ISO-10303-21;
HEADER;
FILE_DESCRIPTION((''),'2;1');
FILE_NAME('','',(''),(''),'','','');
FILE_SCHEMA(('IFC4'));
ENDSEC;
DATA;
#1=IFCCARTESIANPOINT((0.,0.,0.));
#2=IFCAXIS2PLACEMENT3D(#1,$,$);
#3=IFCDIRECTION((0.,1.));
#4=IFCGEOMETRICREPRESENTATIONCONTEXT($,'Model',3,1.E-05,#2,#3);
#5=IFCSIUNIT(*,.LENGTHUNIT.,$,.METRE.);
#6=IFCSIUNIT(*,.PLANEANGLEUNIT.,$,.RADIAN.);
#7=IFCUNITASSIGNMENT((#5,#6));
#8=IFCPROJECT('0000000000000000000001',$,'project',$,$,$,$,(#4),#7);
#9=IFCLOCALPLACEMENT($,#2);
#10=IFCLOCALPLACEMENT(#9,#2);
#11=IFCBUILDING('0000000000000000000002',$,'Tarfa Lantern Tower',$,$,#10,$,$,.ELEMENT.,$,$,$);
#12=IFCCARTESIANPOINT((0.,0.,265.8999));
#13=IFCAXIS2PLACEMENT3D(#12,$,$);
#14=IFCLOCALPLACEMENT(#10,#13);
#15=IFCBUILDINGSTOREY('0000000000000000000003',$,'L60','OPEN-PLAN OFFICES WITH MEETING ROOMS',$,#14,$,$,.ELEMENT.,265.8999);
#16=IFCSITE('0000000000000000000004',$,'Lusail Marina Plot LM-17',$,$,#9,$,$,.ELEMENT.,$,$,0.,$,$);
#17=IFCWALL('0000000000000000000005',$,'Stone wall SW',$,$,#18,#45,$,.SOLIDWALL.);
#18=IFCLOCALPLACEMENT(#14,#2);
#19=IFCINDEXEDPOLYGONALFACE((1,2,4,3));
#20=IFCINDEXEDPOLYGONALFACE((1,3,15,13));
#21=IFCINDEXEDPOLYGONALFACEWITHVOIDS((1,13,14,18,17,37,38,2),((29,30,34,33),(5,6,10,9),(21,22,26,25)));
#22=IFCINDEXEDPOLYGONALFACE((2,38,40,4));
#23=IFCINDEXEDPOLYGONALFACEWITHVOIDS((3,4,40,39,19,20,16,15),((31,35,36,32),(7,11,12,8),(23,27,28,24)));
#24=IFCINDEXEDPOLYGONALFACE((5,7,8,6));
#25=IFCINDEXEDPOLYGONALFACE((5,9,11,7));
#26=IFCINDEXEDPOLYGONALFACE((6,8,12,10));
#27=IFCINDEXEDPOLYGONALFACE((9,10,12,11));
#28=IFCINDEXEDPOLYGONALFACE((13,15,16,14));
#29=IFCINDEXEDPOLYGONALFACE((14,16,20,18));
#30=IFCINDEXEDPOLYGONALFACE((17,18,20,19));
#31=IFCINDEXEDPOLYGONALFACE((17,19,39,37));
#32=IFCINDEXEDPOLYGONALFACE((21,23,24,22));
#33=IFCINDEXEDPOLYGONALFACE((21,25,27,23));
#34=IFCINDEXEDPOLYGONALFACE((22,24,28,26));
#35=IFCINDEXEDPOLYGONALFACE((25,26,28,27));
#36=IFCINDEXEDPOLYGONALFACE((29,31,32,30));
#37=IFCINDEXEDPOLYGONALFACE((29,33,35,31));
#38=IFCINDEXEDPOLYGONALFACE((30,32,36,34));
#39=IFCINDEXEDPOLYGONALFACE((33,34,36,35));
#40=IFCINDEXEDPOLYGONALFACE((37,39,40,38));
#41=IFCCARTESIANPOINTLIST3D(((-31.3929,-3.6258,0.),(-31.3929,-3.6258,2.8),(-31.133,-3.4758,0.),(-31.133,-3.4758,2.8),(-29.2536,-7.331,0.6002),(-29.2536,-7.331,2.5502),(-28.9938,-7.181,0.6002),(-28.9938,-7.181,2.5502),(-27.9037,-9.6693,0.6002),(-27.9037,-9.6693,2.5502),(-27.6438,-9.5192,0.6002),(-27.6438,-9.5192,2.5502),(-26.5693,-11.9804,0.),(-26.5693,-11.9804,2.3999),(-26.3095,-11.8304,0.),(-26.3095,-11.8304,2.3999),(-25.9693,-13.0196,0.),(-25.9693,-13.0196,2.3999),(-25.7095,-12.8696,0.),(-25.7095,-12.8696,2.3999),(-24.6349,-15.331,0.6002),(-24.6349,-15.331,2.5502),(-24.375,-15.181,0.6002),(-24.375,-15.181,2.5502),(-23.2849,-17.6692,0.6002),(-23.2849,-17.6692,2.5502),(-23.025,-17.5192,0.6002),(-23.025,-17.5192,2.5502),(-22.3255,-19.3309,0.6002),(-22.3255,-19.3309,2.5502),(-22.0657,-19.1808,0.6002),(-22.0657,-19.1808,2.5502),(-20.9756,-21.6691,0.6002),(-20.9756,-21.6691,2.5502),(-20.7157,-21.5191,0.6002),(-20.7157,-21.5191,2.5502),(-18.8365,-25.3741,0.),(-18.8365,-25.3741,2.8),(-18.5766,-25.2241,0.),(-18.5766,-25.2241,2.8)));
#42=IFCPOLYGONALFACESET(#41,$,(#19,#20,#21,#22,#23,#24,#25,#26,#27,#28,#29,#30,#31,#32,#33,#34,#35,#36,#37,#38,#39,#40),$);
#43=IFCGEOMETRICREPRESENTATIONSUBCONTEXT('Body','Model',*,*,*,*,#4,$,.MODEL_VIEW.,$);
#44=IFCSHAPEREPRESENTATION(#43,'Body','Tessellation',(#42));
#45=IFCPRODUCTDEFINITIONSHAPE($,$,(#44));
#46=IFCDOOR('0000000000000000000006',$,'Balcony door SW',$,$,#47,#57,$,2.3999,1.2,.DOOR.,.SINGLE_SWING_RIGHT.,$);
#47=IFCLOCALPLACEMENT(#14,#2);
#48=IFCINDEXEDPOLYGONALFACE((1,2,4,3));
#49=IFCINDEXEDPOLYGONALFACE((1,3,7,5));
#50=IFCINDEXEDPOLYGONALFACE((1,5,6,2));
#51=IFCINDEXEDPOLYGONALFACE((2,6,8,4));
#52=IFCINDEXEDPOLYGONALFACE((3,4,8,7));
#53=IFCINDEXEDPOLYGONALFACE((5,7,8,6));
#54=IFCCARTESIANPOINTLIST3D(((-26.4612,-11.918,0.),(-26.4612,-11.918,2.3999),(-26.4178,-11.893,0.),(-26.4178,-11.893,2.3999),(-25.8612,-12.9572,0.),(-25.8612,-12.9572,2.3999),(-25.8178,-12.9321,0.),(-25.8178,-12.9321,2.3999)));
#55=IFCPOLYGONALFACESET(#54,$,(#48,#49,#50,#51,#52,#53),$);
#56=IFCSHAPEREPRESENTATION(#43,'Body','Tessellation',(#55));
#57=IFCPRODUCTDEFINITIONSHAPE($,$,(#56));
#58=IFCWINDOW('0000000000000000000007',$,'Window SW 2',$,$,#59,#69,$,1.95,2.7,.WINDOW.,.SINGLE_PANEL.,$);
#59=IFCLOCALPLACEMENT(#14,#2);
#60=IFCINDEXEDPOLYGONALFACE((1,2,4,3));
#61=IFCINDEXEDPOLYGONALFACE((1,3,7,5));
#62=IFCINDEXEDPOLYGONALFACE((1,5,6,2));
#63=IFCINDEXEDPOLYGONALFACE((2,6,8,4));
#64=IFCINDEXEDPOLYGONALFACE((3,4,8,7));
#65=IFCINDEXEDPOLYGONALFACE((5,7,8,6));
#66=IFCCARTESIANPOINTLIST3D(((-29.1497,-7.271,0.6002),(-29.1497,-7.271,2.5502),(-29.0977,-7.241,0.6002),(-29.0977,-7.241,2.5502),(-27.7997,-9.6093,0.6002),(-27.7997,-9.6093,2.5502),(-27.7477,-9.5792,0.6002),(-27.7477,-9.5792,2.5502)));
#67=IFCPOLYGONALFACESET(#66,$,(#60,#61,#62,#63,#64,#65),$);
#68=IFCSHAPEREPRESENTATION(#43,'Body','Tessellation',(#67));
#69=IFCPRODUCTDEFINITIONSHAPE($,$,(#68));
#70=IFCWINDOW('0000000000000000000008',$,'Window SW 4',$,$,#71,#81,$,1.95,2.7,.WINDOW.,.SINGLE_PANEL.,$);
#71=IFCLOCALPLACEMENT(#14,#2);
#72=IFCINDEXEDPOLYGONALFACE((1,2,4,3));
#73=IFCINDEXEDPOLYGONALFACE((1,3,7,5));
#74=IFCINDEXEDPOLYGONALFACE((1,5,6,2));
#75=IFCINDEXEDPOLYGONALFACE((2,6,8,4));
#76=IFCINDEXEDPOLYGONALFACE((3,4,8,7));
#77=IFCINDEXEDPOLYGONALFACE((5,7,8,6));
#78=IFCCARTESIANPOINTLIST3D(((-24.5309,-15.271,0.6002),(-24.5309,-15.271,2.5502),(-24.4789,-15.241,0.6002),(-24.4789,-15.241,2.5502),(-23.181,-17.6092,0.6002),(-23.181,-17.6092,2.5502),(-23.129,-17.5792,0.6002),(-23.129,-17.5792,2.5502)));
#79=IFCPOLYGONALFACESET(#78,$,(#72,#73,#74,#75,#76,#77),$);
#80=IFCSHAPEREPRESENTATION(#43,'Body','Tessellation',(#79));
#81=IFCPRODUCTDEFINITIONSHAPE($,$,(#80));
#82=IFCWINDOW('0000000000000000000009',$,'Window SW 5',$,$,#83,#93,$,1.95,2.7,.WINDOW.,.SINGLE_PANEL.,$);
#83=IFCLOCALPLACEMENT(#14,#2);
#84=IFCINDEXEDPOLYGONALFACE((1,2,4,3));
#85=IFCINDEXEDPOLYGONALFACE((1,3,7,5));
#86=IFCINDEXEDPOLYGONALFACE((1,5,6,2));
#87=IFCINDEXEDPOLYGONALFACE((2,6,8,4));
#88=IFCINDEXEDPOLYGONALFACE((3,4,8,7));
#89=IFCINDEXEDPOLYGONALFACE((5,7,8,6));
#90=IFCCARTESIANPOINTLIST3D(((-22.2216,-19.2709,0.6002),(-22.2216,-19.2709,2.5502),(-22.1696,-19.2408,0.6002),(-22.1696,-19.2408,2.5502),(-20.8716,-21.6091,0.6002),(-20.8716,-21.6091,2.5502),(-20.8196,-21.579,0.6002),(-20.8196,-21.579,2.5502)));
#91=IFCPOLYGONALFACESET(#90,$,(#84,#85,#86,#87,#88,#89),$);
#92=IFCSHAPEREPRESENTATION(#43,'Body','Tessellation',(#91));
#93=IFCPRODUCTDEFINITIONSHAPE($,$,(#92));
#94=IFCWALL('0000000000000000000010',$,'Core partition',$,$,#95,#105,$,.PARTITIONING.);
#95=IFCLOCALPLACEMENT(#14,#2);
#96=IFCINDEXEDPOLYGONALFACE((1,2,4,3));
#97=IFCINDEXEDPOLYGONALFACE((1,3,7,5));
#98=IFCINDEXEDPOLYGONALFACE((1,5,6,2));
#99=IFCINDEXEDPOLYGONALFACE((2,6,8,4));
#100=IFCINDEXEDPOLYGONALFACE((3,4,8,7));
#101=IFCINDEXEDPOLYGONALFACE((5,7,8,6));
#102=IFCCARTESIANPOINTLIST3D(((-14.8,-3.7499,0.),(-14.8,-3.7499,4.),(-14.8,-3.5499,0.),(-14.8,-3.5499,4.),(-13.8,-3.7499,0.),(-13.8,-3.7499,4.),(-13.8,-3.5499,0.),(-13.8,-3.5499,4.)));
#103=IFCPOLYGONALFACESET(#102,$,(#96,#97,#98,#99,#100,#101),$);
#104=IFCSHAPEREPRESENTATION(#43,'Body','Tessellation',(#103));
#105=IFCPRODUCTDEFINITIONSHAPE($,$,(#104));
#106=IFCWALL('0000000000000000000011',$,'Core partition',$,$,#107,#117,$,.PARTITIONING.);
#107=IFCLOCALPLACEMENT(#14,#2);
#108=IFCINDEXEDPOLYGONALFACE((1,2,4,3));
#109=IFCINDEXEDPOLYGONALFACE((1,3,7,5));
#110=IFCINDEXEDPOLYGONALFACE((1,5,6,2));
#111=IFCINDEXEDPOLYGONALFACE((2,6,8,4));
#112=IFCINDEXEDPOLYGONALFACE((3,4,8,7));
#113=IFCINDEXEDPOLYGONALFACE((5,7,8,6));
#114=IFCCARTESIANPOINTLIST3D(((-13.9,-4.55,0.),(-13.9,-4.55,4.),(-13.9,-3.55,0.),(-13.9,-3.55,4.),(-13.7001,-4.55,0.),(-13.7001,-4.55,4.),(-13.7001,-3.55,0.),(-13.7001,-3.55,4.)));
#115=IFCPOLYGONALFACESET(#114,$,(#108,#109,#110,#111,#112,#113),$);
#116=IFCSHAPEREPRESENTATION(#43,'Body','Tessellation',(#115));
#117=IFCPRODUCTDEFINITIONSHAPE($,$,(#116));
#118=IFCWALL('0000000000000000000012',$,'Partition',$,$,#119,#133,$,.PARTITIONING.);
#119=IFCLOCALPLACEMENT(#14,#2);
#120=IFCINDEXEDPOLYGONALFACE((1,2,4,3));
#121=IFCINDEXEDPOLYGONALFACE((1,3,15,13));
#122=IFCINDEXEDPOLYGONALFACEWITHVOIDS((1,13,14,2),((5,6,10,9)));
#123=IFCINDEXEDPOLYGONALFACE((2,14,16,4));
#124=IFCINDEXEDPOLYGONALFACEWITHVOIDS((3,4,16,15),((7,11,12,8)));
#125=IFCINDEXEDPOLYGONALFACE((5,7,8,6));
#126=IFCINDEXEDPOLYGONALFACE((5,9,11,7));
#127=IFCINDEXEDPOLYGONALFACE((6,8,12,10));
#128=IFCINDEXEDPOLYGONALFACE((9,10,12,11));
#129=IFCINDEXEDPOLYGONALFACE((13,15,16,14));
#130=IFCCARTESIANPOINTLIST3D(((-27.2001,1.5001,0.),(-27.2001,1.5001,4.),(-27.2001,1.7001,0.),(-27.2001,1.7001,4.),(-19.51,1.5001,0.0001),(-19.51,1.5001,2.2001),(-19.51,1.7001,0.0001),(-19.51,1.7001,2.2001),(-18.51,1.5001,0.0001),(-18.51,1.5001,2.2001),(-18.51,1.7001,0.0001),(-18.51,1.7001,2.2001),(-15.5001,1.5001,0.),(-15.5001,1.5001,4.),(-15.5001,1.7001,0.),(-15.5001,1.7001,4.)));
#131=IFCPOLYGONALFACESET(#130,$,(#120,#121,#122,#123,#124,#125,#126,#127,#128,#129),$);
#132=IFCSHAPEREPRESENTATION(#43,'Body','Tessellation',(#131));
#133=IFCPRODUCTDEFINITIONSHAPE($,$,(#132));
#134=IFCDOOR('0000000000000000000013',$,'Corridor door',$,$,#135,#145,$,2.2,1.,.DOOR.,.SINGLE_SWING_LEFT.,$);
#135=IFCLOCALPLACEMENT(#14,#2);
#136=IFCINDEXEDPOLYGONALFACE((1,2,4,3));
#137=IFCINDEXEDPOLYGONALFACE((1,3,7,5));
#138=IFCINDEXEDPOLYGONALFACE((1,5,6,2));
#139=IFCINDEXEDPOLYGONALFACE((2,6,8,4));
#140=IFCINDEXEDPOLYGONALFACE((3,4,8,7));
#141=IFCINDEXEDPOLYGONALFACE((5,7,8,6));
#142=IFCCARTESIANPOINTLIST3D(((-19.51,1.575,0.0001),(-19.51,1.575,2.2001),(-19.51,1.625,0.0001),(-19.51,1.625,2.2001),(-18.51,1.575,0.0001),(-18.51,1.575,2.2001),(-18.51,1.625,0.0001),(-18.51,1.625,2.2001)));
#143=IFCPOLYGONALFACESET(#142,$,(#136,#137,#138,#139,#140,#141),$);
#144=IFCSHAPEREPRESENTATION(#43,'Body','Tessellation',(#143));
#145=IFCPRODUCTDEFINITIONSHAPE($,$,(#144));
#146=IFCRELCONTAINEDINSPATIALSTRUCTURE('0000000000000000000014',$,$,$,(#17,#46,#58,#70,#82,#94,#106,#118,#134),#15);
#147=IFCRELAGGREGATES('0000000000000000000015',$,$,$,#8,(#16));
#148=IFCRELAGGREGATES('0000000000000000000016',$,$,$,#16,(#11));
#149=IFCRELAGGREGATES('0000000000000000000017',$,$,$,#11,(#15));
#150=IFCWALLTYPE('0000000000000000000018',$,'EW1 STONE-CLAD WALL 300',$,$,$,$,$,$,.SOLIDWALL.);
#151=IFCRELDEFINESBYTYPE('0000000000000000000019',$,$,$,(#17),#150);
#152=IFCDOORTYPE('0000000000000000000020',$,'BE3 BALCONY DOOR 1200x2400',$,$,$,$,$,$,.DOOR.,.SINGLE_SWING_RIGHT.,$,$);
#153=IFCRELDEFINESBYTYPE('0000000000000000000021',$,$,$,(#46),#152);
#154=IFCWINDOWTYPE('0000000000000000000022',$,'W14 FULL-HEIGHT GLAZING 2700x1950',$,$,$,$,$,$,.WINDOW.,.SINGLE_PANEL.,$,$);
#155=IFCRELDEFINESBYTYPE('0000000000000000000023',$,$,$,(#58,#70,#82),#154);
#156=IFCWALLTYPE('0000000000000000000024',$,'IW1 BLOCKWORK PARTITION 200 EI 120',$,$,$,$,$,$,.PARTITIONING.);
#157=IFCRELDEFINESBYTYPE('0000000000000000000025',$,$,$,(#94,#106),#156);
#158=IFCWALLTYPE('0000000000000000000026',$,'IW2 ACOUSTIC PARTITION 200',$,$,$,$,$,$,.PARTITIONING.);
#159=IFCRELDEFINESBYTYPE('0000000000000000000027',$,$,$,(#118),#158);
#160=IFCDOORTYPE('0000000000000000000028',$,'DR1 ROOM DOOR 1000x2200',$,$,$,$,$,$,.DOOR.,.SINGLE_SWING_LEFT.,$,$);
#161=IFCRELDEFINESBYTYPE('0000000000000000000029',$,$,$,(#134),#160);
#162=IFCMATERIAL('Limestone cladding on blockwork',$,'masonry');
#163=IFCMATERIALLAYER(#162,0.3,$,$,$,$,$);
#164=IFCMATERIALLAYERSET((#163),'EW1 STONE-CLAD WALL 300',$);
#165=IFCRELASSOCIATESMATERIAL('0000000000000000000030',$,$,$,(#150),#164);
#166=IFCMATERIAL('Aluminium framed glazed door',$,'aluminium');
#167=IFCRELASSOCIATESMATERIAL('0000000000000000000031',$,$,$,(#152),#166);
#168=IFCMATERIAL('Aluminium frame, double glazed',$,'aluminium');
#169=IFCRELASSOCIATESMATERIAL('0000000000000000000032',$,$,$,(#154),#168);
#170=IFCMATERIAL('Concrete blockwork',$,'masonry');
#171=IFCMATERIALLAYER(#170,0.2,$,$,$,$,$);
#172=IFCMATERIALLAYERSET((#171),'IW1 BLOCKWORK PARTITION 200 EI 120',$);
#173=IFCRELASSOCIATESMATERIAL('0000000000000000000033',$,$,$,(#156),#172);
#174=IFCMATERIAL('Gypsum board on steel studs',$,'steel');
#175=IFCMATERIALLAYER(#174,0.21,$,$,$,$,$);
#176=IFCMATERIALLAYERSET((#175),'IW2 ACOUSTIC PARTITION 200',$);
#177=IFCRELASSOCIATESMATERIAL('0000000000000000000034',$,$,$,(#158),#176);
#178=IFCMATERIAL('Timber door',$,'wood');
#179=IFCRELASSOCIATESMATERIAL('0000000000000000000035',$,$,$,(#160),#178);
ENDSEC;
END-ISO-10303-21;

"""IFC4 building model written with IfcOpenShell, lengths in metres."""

from ifc_helpers import new_model, si_unit, direction, frame, frame_2d, origin, place, context, subcontext, project, spatial, rectangle, extrude, material, layer, layer_set, type_object, element, fill, save


model = new_model("IFC4")

# Units and contexts
model_context = context("Model", 3, precision=1e-05, world=origin(), true_north=direction((0.0, 1.0)))
body_context = subcontext(model_context, "Body", "Model", "MODEL_VIEW")
ifc_project = project(units=[si_unit("LENGTHUNIT", "METRE"), si_unit("PLANEANGLEUNIT", "RADIAN")], contexts=[model_context])

# Site, building, storey
site_placement = place(None, origin())
site = spatial("IfcSite", under=ifc_project, at=site_placement, Name="Lusail Marina Plot LM-17", CompositionType="ELEMENT", RefElevation=0.0)
building_placement = place(site_placement, origin())
building = spatial("IfcBuilding", under=site, at=building_placement, Name="Tarfa Lantern Tower", CompositionType="ELEMENT")
storey_placement = place(building_placement, frame((0.0, 0.0, 265.8999)))
storey = spatial("IfcBuildingStorey", under=building, at=storey_placement, Name="L60", Description="OPEN-PLAN OFFICES WITH MEETING ROOMS", CompositionType="ELEMENT", Elevation=265.8999)

# Wall, openings, door, windows
ifc_material_1 = material(Name="Limestone cladding on blockwork", Category="masonry")
ifc_layer_1 = layer(ifc_material_1, 0.3)
ifc_layer_set_1 = layer_set([ifc_layer_1], Name="EW1 STONE-CLAD WALL 300")
wall_type_1 = type_object("IfcWallType", Name="EW1 STONE-CLAD WALL 300", PredefinedType="SOLIDWALL", material=ifc_layer_set_1)
wall_1_placement = place(storey_placement, frame((-31.2629, -3.5508, 0.0), z_axis=(0.0, 0.0, 1.0), x_axis=(0.5, -0.866025, 0.0)))
wall_1 = element("IfcWall", 1, at=wall_1_placement, inside=storey, type_object=wall_type_1, Name="Stone wall SW", PredefinedType="SOLIDWALL", context=body_context, shape_type="SweptSolid", body=[
    extrude(rectangle(XDim=25.1128, YDim=0.3, at=frame_2d((12.5564, 0.0))), origin(), (0.0, 0.0, 1.0), 2.8),
])
opening_1_placement = place(wall_1_placement, frame((4.2783, 0.0, 0.6001)))
opening_1 = element("IfcOpeningElement", 2, at=opening_1_placement, cuts=wall_1, PredefinedType="OPENING", context=body_context, shape_type="SweptSolid", body=[
    extrude(rectangle(XDim=2.7, YDim=1.95, at=frame_2d((1.3501, 0.9751))), frame((0.0, 0.1599, 0.0), z_axis=(0.0, -1.0, 0.0), x_axis=(1.0, 0.0, 0.0)), (0.0, 0.0, 1.0), 0.3201),
])
opening_2_placement = place(wall_1_placement, frame((9.647, 0.0, 0.0)))
opening_2 = element("IfcOpeningElement", 3, at=opening_2_placement, cuts=wall_1, PredefinedType="OPENING", context=body_context, shape_type="SweptSolid", body=[
    extrude(rectangle(XDim=1.2, YDim=2.3999, at=frame_2d((0.6001, 1.2))), frame((0.0, 0.1599, 0.0), z_axis=(0.0, -1.0, 0.0), x_axis=(1.0, 0.0, 0.0)), (0.0, 0.0, 1.0), 0.3201),
])
opening_3_placement = place(wall_1_placement, frame((13.5159, 0.0, 0.6001)))
opening_3 = element("IfcOpeningElement", 4, at=opening_3_placement, cuts=wall_1, PredefinedType="OPENING", context=body_context, shape_type="SweptSolid", body=[
    extrude(rectangle(XDim=2.7, YDim=1.95, at=frame_2d((1.3501, 0.9751))), frame((0.0, 0.1599, 0.0), z_axis=(0.0, -1.0, 0.0), x_axis=(1.0, 0.0, 0.0)), (0.0, 0.0, 1.0), 0.3201),
])
opening_4_placement = place(wall_1_placement, frame((18.1345, 0.0, 0.6001)))
opening_4 = element("IfcOpeningElement", 5, at=opening_4_placement, cuts=wall_1, PredefinedType="OPENING", context=body_context, shape_type="SweptSolid", body=[
    extrude(rectangle(XDim=2.7, YDim=1.95, at=frame_2d((1.3501, 0.9751))), frame((0.0, 0.1599, 0.0), z_axis=(0.0, -1.0, 0.0), x_axis=(1.0, 0.0, 0.0)), (0.0, 0.0, 1.0), 0.3201),
])
ifc_material_2 = material(Name="Aluminium framed glazed door", Category="aluminium")
door_type_1 = type_object("IfcDoorType", Name="BE3 BALCONY DOOR 1200x2400", OperationType="SINGLE_SWING_RIGHT", PredefinedType="DOOR", material=ifc_material_2)
door_1_placement = place(opening_2_placement, origin())
door_1 = element("IfcDoor", 6, at=door_1_placement, inside=storey, type_object=door_type_1, Name="Balcony door SW", OperationType="SINGLE_SWING_RIGHT", OverallHeight=2.3999, OverallWidth=1.2, PredefinedType="DOOR", context=body_context, shape_type="SweptSolid", body=[
    extrude(rectangle(XDim=1.2, YDim=2.3999, at=frame_2d((0.6001, 1.2))), frame((0.0, 0.0249, 0.0), z_axis=(0.0, -1.0, 0.0), x_axis=(1.0, 0.0, 0.0)), (0.0, 0.0, 1.0), 0.05),
])
fill(opening_2, door_1)
ifc_material_3 = material(Name="Aluminium frame, double glazed", Category="aluminium")
window_type = type_object("IfcWindowType", Name="W14 FULL-HEIGHT GLAZING 2700x1950", PartitioningType="SINGLE_PANEL", PredefinedType="WINDOW", material=ifc_material_3)
window_1_placement = place(opening_1_placement, origin())
window_1 = element("IfcWindow", 7, at=window_1_placement, inside=storey, type_object=window_type, Name="Window SW 2", OverallHeight=1.95, OverallWidth=2.7, PartitioningType="SINGLE_PANEL", PredefinedType="WINDOW", context=body_context, shape_type="SweptSolid", body=[
    extrude(rectangle(XDim=2.7, YDim=1.95, at=frame_2d((1.3501, 0.9751))), frame((0.0, 0.03, 0.0), z_axis=(0.0, -1.0, 0.0), x_axis=(1.0, 0.0, 0.0)), (0.0, 0.0, 1.0), 0.0601),
])
fill(opening_1, window_1)
window_2_placement = place(opening_3_placement, origin())
window_2 = element("IfcWindow", 8, at=window_2_placement, inside=storey, type_object=window_type, Name="Window SW 4", OverallHeight=1.95, OverallWidth=2.7, PartitioningType="SINGLE_PANEL", PredefinedType="WINDOW", context=body_context, shape_type="SweptSolid", body=[
    extrude(rectangle(XDim=2.7, YDim=1.95, at=frame_2d((1.3501, 0.9751))), frame((0.0, 0.03, 0.0), z_axis=(0.0, -1.0, 0.0), x_axis=(1.0, 0.0, 0.0)), (0.0, 0.0, 1.0), 0.0601),
])
fill(opening_3, window_2)
window_3_placement = place(opening_4_placement, origin())
window_3 = element("IfcWindow", 9, at=window_3_placement, inside=storey, type_object=window_type, Name="Window SW 5", OverallHeight=1.95, OverallWidth=2.7, PartitioningType="SINGLE_PANEL", PredefinedType="WINDOW", context=body_context, shape_type="SweptSolid", body=[
    extrude(rectangle(XDim=2.7, YDim=1.95, at=frame_2d((1.3501, 0.9751))), frame((0.0, 0.03, 0.0), z_axis=(0.0, -1.0, 0.0), x_axis=(1.0, 0.0, 0.0)), (0.0, 0.0, 1.0), 0.0601),
])
fill(opening_4, window_3)

# Walls
ifc_material_4 = material(Name="Concrete blockwork", Category="masonry")
ifc_layer_2 = layer(ifc_material_4, 0.2)
ifc_layer_set_2 = layer_set([ifc_layer_2], Name="IW1 BLOCKWORK PARTITION 200 EI 120")
wall_type_2 = type_object("IfcWallType", Name="IW1 BLOCKWORK PARTITION 200 EI 120", PredefinedType="PARTITIONING", material=ifc_layer_set_2)
for number, where, z_axis, x_axis, name in (
    (10, (-13.8, -3.6499, 0.0), (0.0, 0.0, 1.0), (-1.0, 0.0, 0.0), "Core partition"),
    (11, (-13.8, -3.55, 0.0), (0.0, 0.0, 1.0), (0.0, -1.0, 0.0), "Core partition"),
):
    element("IfcWall", number, at=place(storey_placement, frame(where, z_axis=z_axis, x_axis=x_axis)), inside=storey, type_object=wall_type_2, Name=name, PredefinedType="PARTITIONING", context=body_context, shape_type="SweptSolid", body=[
        extrude(rectangle(XDim=1.0, YDim=0.2, at=frame_2d((0.5, 0.0))), origin(), (0.0, 0.0, 1.0), 4.0),
    ])

# Wall, opening, door
ifc_material_5 = material(Name="Gypsum board on steel studs", Category="steel")
ifc_layer_3 = layer(ifc_material_5, 0.21)
ifc_layer_set_3 = layer_set([ifc_layer_3], Name="IW2 ACOUSTIC PARTITION 200")
wall_type_3 = type_object("IfcWallType", Name="IW2 ACOUSTIC PARTITION 200", PredefinedType="PARTITIONING", material=ifc_layer_set_3)
wall_2_placement = place(storey_placement, frame((-15.5, 1.6001, 0.0), z_axis=(0.0, 0.0, 1.0), x_axis=(-1.0, 0.0, 0.0)))
wall_2 = element("IfcWall", 12, at=wall_2_placement, inside=storey, type_object=wall_type_3, Name="Partition", PredefinedType="PARTITIONING", context=body_context, shape_type="SweptSolid", body=[
    extrude(rectangle(XDim=11.7, YDim=0.2, at=frame_2d((5.8501, 0.0))), origin(), (0.0, 0.0, 1.0), 4.0),
])
opening_5_placement = place(wall_2_placement, frame((3.01, 0.0, 0.0)))
opening_5 = element("IfcOpeningElement", 13, at=opening_5_placement, cuts=wall_2, PredefinedType="OPENING", context=body_context, shape_type="SweptSolid", body=[
    extrude(rectangle(XDim=1.0, YDim=2.2, at=frame_2d((0.5, 1.1001))), frame((0.0, 0.1099, 0.0), z_axis=(0.0, -1.0, 0.0), x_axis=(1.0, 0.0, 0.0)), (0.0, 0.0, 1.0), 0.22),
])
ifc_material_6 = material(Name="Timber door", Category="wood")
door_type_2 = type_object("IfcDoorType", Name="DR1 ROOM DOOR 1000x2200", OperationType="SINGLE_SWING_LEFT", PredefinedType="DOOR", material=ifc_material_6)
door_2_placement = place(opening_5_placement, frame((1.0, 0.0, 0.0), z_axis=(0.0, 0.0, 1.0), x_axis=(-1.0, 0.0, 0.0)))
door_2 = element("IfcDoor", 14, at=door_2_placement, inside=storey, type_object=door_type_2, Name="Corridor door", OperationType="SINGLE_SWING_LEFT", OverallHeight=2.2, OverallWidth=1.0, PredefinedType="DOOR", context=body_context, shape_type="SweptSolid", body=[
    extrude(rectangle(XDim=1.0, YDim=2.2, at=frame_2d((0.5, 1.1001))), frame((0.0, 0.0249, 0.0), z_axis=(0.0, -1.0, 0.0), x_axis=(1.0, 0.0, 0.0)), (0.0, 0.0, 1.0), 0.05),
])
fill(opening_5, door_2)

save(model, "model.ifc")
